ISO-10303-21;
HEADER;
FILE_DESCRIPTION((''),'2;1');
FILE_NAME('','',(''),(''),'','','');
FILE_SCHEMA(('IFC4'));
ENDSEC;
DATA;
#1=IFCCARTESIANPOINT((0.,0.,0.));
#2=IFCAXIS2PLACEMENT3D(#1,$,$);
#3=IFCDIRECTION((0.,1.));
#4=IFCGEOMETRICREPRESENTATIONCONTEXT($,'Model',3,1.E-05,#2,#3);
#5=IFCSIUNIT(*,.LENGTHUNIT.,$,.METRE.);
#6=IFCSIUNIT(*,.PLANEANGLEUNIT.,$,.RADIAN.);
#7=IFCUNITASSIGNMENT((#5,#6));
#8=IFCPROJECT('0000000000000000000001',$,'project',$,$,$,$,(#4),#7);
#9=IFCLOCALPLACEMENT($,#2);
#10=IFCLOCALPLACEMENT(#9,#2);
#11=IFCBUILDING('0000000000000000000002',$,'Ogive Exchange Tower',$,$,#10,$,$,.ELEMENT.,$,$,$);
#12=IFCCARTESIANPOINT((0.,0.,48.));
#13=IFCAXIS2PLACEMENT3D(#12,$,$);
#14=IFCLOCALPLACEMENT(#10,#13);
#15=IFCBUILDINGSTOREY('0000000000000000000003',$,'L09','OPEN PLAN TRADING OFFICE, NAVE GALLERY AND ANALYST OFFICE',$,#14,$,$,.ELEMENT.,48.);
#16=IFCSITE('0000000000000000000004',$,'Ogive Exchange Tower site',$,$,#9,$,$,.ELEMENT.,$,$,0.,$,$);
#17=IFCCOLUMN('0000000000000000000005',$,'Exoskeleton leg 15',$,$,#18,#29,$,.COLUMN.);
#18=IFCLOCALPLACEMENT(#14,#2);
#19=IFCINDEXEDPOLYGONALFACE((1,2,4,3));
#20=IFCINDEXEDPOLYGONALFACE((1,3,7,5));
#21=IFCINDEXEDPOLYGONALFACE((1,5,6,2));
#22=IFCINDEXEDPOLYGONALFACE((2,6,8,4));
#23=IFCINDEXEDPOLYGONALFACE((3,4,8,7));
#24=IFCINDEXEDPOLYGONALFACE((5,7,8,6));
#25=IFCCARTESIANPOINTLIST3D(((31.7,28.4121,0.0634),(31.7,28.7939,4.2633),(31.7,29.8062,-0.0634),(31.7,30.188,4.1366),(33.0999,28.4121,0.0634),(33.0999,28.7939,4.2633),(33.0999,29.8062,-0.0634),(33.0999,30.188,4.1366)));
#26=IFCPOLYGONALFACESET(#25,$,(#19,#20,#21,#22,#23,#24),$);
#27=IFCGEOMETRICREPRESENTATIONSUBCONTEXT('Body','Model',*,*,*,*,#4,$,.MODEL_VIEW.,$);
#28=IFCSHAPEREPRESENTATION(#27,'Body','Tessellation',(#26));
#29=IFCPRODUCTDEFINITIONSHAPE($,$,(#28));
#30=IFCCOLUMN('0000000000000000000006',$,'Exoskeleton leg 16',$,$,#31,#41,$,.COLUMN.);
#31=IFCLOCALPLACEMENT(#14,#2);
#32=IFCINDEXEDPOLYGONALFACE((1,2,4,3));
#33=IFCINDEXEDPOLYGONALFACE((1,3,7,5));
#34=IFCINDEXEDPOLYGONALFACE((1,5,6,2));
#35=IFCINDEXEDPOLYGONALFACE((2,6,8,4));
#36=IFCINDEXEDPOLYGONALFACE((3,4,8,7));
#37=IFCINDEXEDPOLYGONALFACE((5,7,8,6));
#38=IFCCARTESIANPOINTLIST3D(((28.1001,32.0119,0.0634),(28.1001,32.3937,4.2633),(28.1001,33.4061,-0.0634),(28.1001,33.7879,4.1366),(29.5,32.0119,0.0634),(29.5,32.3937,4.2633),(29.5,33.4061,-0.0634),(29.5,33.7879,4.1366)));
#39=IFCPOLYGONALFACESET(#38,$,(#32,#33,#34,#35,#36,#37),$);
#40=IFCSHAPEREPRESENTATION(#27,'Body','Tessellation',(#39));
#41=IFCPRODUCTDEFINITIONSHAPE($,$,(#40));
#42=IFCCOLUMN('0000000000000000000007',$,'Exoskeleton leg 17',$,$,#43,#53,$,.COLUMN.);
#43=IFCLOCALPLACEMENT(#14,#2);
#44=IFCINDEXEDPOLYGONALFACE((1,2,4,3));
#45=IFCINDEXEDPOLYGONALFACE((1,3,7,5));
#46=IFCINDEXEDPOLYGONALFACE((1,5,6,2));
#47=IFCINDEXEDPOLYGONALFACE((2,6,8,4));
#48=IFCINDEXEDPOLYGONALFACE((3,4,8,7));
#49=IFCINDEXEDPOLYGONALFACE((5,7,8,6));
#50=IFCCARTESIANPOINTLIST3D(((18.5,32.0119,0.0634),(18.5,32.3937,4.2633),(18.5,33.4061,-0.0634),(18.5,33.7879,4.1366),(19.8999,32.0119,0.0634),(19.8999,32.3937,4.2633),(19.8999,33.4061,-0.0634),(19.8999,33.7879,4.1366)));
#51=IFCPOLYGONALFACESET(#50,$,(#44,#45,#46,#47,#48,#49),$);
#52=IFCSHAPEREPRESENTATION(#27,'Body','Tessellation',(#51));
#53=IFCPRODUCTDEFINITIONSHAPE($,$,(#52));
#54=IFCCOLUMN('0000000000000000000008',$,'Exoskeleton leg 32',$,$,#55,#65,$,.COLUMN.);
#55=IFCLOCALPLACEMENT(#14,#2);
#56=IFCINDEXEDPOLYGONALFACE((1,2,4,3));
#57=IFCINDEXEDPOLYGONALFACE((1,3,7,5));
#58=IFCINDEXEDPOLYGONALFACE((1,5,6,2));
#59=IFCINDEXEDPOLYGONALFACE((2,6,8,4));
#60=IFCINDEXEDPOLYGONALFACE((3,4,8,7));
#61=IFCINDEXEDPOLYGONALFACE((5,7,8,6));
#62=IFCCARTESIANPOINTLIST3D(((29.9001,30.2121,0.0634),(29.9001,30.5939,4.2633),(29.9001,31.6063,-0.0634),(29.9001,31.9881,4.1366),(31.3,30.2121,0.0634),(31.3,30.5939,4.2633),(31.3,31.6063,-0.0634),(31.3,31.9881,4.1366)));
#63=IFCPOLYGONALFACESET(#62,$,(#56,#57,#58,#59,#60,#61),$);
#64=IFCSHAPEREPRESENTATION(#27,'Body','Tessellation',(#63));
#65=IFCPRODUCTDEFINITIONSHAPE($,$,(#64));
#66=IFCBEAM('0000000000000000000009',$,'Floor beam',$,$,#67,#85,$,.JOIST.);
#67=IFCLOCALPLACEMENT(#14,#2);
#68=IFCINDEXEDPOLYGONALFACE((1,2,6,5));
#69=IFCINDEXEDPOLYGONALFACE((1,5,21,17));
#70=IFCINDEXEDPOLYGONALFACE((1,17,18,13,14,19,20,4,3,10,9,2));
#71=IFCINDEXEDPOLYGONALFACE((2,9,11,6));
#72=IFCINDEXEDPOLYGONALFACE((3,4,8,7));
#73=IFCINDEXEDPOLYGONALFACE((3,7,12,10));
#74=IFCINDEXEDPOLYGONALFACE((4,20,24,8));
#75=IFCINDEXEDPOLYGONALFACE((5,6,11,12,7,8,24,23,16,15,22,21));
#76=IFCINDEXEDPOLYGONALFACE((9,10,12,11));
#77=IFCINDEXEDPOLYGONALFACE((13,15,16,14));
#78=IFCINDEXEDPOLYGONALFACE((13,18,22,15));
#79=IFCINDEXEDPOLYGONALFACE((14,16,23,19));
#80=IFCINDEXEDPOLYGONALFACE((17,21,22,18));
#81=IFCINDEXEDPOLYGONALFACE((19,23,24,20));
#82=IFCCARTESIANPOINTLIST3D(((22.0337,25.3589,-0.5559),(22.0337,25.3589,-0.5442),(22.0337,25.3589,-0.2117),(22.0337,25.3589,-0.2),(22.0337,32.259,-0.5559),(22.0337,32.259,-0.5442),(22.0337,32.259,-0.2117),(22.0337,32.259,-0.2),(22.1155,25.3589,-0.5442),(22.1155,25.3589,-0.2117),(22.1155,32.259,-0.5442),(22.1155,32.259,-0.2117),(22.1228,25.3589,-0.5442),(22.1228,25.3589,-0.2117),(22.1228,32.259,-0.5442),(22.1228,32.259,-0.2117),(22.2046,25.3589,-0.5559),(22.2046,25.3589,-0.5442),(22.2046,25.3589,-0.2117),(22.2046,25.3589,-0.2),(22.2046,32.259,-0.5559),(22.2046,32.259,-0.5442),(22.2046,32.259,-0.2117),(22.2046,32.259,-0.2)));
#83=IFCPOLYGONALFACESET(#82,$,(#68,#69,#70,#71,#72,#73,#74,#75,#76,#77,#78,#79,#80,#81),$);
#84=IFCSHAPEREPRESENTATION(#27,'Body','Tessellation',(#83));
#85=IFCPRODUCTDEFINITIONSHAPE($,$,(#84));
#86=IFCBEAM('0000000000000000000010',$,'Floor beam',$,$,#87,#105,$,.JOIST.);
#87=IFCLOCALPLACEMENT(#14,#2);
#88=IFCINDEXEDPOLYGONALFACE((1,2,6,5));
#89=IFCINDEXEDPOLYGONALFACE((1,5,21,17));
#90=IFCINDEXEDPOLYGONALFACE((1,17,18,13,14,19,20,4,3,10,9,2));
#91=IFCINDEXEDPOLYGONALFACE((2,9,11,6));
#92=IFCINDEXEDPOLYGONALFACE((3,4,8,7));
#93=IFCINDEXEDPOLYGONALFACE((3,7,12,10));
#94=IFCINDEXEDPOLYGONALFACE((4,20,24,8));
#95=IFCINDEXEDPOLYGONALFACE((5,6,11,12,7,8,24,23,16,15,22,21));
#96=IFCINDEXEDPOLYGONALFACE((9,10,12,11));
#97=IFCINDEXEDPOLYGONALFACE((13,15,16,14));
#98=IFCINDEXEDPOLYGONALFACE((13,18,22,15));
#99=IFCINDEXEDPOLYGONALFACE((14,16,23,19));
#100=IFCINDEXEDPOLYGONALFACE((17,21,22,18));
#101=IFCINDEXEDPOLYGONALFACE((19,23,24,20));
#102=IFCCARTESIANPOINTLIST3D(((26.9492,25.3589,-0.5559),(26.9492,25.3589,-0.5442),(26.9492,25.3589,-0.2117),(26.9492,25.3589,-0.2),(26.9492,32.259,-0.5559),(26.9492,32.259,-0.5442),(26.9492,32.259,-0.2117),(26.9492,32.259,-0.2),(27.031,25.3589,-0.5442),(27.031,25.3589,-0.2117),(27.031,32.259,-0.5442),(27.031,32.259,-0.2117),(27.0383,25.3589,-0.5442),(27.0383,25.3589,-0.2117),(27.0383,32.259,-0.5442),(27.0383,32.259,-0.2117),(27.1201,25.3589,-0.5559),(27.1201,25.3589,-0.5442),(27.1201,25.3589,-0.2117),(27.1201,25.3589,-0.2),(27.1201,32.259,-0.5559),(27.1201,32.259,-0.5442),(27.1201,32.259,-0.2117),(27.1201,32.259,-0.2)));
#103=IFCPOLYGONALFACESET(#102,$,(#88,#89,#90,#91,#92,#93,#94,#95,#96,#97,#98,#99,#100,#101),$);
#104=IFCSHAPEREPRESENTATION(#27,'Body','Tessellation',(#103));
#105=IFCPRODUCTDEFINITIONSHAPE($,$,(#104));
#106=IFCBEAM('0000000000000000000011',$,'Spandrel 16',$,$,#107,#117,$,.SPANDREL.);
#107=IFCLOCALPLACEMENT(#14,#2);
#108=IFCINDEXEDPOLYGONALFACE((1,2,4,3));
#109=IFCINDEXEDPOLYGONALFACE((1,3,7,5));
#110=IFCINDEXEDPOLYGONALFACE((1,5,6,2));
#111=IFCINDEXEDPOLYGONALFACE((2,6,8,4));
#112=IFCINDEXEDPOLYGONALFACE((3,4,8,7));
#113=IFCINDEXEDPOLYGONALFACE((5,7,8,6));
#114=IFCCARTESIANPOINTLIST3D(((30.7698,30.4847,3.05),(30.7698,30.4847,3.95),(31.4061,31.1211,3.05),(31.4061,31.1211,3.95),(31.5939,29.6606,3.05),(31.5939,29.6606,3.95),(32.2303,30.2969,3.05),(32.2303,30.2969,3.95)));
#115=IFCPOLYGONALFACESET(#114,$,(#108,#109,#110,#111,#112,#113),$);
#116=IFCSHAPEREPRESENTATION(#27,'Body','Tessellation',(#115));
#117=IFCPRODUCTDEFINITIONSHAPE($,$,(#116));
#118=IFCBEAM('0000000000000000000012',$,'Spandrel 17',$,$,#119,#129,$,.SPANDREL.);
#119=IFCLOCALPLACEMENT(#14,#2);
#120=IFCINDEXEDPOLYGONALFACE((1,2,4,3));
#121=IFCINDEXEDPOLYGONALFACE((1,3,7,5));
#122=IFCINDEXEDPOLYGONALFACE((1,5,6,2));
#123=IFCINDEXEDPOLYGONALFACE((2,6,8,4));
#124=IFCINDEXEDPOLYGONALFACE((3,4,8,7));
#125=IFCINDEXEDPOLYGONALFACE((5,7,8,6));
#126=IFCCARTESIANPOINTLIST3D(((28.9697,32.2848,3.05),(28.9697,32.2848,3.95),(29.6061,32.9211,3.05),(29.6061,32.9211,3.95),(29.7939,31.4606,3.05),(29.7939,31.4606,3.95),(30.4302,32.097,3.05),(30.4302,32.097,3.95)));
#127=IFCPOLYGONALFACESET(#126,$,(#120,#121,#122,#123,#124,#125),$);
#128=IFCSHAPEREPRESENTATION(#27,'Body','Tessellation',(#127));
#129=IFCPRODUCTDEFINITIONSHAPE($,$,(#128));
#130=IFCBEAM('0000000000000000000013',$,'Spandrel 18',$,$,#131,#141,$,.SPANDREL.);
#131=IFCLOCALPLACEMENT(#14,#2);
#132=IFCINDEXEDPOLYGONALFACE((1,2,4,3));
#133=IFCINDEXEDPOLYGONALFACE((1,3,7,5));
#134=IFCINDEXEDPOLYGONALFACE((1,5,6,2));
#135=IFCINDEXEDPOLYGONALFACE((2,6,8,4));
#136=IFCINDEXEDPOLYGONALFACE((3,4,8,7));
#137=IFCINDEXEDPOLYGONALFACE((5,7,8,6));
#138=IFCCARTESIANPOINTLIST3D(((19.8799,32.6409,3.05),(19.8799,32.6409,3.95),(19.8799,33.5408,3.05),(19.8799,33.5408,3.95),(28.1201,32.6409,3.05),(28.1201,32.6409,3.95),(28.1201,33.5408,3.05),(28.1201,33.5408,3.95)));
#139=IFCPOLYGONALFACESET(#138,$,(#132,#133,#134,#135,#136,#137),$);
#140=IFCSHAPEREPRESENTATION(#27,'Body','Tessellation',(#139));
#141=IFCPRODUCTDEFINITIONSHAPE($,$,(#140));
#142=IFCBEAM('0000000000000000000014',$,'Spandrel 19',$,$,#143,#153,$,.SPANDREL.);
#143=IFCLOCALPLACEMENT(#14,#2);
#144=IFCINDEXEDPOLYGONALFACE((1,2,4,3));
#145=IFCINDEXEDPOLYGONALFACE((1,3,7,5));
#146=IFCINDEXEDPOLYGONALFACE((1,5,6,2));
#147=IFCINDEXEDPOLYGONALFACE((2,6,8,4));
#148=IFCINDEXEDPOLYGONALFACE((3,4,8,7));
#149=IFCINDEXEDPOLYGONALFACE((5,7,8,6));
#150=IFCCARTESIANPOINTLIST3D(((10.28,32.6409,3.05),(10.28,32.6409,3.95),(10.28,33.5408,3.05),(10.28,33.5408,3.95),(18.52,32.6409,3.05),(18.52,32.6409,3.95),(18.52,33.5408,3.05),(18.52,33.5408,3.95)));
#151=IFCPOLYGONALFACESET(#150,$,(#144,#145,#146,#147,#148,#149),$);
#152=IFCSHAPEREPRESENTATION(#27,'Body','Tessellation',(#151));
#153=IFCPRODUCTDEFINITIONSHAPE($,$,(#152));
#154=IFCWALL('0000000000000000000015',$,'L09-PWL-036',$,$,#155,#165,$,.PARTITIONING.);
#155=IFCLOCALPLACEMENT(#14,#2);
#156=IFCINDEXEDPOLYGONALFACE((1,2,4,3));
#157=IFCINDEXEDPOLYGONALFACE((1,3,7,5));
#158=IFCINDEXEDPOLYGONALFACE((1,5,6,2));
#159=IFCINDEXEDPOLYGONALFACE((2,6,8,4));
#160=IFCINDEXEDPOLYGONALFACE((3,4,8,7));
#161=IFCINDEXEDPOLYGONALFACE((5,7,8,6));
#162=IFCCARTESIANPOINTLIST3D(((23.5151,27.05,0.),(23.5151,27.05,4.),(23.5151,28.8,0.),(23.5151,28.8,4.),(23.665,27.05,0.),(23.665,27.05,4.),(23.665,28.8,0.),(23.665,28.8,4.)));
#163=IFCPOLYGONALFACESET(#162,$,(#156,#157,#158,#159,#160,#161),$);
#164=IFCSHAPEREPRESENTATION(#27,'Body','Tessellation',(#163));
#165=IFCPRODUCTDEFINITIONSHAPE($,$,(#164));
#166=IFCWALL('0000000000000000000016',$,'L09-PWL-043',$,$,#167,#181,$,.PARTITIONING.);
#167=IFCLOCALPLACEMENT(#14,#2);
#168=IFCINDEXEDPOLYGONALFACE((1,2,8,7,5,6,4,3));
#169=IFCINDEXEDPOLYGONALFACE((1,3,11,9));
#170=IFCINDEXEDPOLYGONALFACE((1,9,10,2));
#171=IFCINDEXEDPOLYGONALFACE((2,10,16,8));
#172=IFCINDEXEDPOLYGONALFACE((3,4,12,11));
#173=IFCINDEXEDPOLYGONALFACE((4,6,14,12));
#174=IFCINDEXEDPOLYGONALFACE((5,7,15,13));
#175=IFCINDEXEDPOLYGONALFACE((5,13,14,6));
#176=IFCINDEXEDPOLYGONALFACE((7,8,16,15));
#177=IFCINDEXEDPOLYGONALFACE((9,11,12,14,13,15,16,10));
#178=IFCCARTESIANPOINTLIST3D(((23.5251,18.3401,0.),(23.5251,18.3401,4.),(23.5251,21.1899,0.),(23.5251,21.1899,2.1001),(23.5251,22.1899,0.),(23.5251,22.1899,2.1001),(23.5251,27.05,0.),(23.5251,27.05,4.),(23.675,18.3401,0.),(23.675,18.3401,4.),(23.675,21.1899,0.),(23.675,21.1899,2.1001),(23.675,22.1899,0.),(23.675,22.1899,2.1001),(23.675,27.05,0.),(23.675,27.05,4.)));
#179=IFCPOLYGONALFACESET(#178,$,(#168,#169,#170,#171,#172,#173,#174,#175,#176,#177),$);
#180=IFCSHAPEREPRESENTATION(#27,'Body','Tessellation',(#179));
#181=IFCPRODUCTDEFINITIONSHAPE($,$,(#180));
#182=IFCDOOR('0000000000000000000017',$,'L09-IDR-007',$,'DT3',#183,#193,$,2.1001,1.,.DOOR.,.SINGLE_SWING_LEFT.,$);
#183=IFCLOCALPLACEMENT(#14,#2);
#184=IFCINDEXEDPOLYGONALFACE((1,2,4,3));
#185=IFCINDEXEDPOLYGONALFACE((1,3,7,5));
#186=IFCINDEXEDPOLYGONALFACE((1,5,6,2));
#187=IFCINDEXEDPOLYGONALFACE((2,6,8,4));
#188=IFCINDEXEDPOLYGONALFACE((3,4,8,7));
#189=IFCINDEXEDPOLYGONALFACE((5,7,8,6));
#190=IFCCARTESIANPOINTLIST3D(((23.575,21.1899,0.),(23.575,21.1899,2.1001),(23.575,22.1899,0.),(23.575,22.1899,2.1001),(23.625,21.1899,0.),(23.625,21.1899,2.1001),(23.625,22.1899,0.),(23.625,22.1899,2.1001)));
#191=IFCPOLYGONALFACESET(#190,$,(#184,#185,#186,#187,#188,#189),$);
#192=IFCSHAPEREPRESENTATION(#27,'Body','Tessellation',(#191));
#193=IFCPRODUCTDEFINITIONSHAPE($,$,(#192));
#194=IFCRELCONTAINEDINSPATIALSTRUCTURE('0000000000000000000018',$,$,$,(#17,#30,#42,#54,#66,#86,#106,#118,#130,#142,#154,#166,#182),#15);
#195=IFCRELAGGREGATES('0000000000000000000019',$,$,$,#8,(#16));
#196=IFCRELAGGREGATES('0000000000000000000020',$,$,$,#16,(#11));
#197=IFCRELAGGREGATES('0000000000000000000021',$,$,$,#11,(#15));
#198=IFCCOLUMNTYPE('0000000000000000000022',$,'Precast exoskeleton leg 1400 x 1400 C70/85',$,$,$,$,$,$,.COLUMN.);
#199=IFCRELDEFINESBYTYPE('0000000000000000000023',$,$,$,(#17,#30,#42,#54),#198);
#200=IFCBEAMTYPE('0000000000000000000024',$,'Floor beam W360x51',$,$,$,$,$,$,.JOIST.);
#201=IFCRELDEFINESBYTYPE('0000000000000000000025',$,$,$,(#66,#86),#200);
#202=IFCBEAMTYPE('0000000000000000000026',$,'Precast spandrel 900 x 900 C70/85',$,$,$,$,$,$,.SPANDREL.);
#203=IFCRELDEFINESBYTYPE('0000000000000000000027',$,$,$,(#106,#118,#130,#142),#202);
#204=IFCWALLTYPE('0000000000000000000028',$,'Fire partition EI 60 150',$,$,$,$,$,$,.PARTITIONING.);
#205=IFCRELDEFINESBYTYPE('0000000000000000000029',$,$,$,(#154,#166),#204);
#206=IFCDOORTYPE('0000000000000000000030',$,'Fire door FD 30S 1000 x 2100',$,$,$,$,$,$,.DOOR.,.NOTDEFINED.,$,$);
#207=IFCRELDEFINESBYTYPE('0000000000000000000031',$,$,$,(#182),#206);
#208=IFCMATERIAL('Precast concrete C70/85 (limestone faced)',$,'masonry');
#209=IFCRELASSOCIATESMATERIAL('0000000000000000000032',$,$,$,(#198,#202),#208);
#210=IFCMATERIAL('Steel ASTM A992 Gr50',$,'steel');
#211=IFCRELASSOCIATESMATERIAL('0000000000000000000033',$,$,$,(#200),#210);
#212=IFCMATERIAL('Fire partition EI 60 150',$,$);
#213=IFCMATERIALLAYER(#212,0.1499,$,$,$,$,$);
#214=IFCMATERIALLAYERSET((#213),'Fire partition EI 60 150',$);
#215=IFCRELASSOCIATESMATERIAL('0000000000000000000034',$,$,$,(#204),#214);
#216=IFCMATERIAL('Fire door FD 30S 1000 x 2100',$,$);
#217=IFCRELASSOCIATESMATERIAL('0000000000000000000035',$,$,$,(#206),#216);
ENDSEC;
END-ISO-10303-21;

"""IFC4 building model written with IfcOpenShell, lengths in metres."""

from ifc_helpers import new_model, si_unit, direction, frame, frame_2d, origin, origin_2d, place, context, subcontext, project, spatial, rectangle, i_section, extrude, material, layer, layer_set, material_profile, profile_set, type_object, element, fill, save


model = new_model("IFC4")

# Units and contexts
model_context = context("Model", 3, precision=1e-05, world=origin(), true_north=direction((0.0, 1.0)))
body_context = subcontext(model_context, "Body", "Model", "MODEL_VIEW")
ifc_project = project(units=[si_unit("LENGTHUNIT", "METRE"), si_unit("PLANEANGLEUNIT", "RADIAN")], contexts=[model_context])

# Site, building, storey
site_placement = place(None, origin())
site = spatial("IfcSite", under=ifc_project, at=site_placement, Name="Ogive Exchange Tower site", CompositionType="ELEMENT", RefElevation=0.0)
building_placement = place(site_placement, origin())
building = spatial("IfcBuilding", under=site, at=building_placement, Name="Ogive Exchange Tower", CompositionType="ELEMENT")
storey_placement = place(building_placement, frame((0.0, 0.0, 48.0)))
storey = spatial("IfcBuildingStorey", under=building, at=storey_placement, Name="L09", Description="OPEN PLAN TRADING OFFICE, NAVE GALLERY AND ANALYST OFFICE", CompositionType="ELEMENT", Elevation=48.0)

# Columns
ifc_material_1 = material(Name="Precast concrete C70/85 (limestone faced)", Category="masonry")
ifc_material_profile_1 = material_profile(ifc_material_1, rectangle(XDim=1.3999, YDim=1.3999, at=origin_2d()), Name="1400 x 1400")
ifc_profile_set_1 = profile_set([ifc_material_profile_1], Name="Precast concrete C70/85 (limestone faced)")
column_type = type_object("IfcColumnType", Name="Precast exoskeleton leg 1400 x 1400 C70/85", PredefinedType="COLUMN", material=ifc_profile_set_1)
for number, where, z_axis, x_axis, name in (
    (1, (32.3999, 29.1091, 0.0), (0.0, 0.090541, 0.995893), (-1.0, 0.0, 0.0), "Exoskeleton leg 15"),
    (2, (28.8, 32.709, 0.0), (0.0, 0.090541, 0.995893), (-1.0, 0.0, 0.0), "Exoskeleton leg 16"),
    (3, (19.2, 32.709, 0.0), (0.0, 0.090541, 0.995893), (-1.0, 0.0, 0.0), "Exoskeleton leg 17"),
    (4, (30.6001, 30.9092, 0.0), (0.0, 0.090541, 0.995893), (-1.0, 0.0, 0.0), "Exoskeleton leg 32"),
):
    element("IfcColumn", number, at=place(storey_placement, frame(where, z_axis=z_axis, x_axis=x_axis)), inside=storey, type_object=column_type, Name=name, PredefinedType="COLUMN", context=body_context, shape_type="SweptSolid", body=[
        extrude(rectangle(XDim=1.3999, YDim=1.3999, at=origin_2d()), origin(), (0.0, 0.0, 1.0), 4.2173),
    ])

# Beams
ifc_material_2 = material(Name="Steel ASTM A992 Gr50", Category="steel")
ifc_material_profile_2 = material_profile(ifc_material_2, i_section(OverallWidth=0.1709, OverallDepth=0.356, WebThickness=0.0073, FlangeThickness=0.0117, at=origin_2d()), Name="W360x51")
ifc_profile_set_2 = profile_set([ifc_material_profile_2], Name="Steel ASTM A992 Gr50")
beam_type_1 = type_object("IfcBeamType", Name="Floor beam W360x51", PredefinedType="JOIST", material=ifc_profile_set_2)
for number, where, z_axis, x_axis, name in (
    (5, (22.1191, 25.3589, -0.3779), (0.0, 1.0, 0.0), (-1.0, 0.0, 0.0), "Floor beam"),
    (6, (27.0347, 25.3589, -0.3779), (0.0, 1.0, 0.0), (-1.0, 0.0, 0.0), "Floor beam"),
):
    element("IfcBeam", number, at=place(storey_placement, frame(where, z_axis=z_axis, x_axis=x_axis)), inside=storey, type_object=beam_type_1, Name=name, PredefinedType="JOIST", context=body_context, shape_type="SweptSolid", body=[
        extrude(i_section(OverallWidth=0.1709, OverallDepth=0.356, WebThickness=0.0073, FlangeThickness=0.0117, at=origin_2d()), origin(), (0.0, 0.0, 1.0), 6.9001),
    ])
ifc_material_profile_3 = material_profile(ifc_material_1, rectangle(XDim=0.8999, YDim=0.8999, at=origin_2d()), Name="900 x 900")
ifc_profile_set_3 = profile_set([ifc_material_profile_3], Name="Precast concrete C70/85 (limestone faced)")
beam_type_2 = type_object("IfcBeamType", Name="Precast spandrel 900 x 900 C70/85", PredefinedType="SPANDREL", material=ifc_profile_set_3)
for number, where, z_axis, x_axis, name in (
    (7, (31.9121, 29.9788, 3.5), (-0.707107, 0.707107, 0.0), (-0.707107, -0.707107, 0.0), "Spandrel 16"),
    (8, (30.1121, 31.7788, 3.5), (-0.707107, 0.707107, 0.0), (-0.707107, -0.707107, 0.0), "Spandrel 17"),
):
    element("IfcBeam", number, at=place(storey_placement, frame(where, z_axis=z_axis, x_axis=x_axis)), inside=storey, type_object=beam_type_2, Name=name, PredefinedType="SPANDREL", context=body_context, shape_type="SweptSolid", body=[
        extrude(rectangle(XDim=0.8999, YDim=0.8999, at=origin_2d()), origin(), (0.0, 0.0, 1.0), 1.1655),
    ])
beam_1_placement = place(storey_placement, frame((28.1201, 33.0908, 3.5), z_axis=(-1.0, 0.0, 0.0), x_axis=(0.0, -1.0, 0.0)))
element("IfcBeam", 9, at=beam_1_placement, inside=storey, type_object=beam_type_2, Name="Spandrel 18", PredefinedType="SPANDREL", context=body_context, shape_type="SweptSolid", body=[
    extrude(rectangle(XDim=0.8999, YDim=0.8999, at=origin_2d()), origin(), (0.0, 0.0, 1.0), 8.2402),
])
beam_2_placement = place(storey_placement, frame((18.52, 33.0908, 3.5), z_axis=(-1.0, 0.0, 0.0), x_axis=(0.0, -1.0, 0.0)))
element("IfcBeam", 10, at=beam_2_placement, inside=storey, type_object=beam_type_2, Name="Spandrel 19", PredefinedType="SPANDREL", context=body_context, shape_type="SweptSolid", body=[
    extrude(rectangle(XDim=0.8999, YDim=0.8999, at=origin_2d()), origin(), (0.0, 0.0, 1.0), 8.24),
])

# Wall
ifc_material_3 = material(Name="Fire partition EI 60 150")
ifc_layer_1 = layer(ifc_material_3, 0.1499)
ifc_layer_set_1 = layer_set([ifc_layer_1], Name="Fire partition EI 60 150")
wall_type_1 = type_object("IfcWallType", Name="Fire partition EI 60 150", PredefinedType="PARTITIONING", material=ifc_layer_set_1)
wall_1_placement = place(storey_placement, frame((23.5901, 28.8, 0.0), z_axis=(0.0, 0.0, 1.0), x_axis=(0.0, -1.0, 0.0)))
element("IfcWall", 11, at=wall_1_placement, inside=storey, type_object=wall_type_1, Name="L09-PWL-036", PredefinedType="PARTITIONING", context=body_context, shape_type="SweptSolid", body=[
    extrude(rectangle(XDim=1.75, YDim=0.1499, at=frame_2d((0.875, 0.0))), origin(), (0.0, 0.0, 1.0), 4.0),
])

# Wall, opening, door
wall_2_placement = place(storey_placement, frame((23.6001, 27.05, 0.0), z_axis=(0.0, 0.0, 1.0), x_axis=(0.0, -1.0, 0.0)))
wall_2 = element("IfcWall", 12, at=wall_2_placement, inside=storey, type_object=wall_type_1, Name="L09-PWL-043", PredefinedType="PARTITIONING", context=body_context, shape_type="SweptSolid", body=[
    extrude(rectangle(XDim=8.71, YDim=0.1499, at=frame_2d((4.355, 0.0))), origin(), (0.0, 0.0, 1.0), 4.0),
])
opening_1_placement = place(wall_2_placement, frame((4.8601, 0.0, 0.0)))
opening_1 = element("IfcOpeningElement", 13, at=opening_1_placement, cuts=wall_2, PredefinedType="OPENING", context=body_context, shape_type="SweptSolid", body=[
    extrude(rectangle(XDim=1.0, YDim=2.1001, at=frame_2d((0.5, 1.05))), frame((0.0, 0.085, 0.0), z_axis=(0.0, -1.0, 0.0), x_axis=(1.0, 0.0, 0.0)), (0.0, 0.0, 1.0), 0.1699),
])
ifc_material_4 = material(Name="Fire door FD 30S 1000 x 2100")
door_type_1 = type_object("IfcDoorType", Name="Fire door FD 30S 1000 x 2100", OperationType="NOTDEFINED", PredefinedType="DOOR", material=ifc_material_4)
door_1_placement = place(opening_1_placement, origin())
door_1 = element("IfcDoor", 14, at=door_1_placement, inside=storey, type_object=door_type_1, Name="L09-IDR-007", ObjectType="DT3", OperationType="SINGLE_SWING_LEFT", OverallHeight=2.1001, OverallWidth=1.0, PredefinedType="DOOR", context=body_context, shape_type="SweptSolid", body=[
    extrude(rectangle(XDim=1.0, YDim=2.1001, at=frame_2d((0.5, 1.05))), frame((0.0, 0.0249, 0.0), z_axis=(0.0, -1.0, 0.0), x_axis=(1.0, 0.0, 0.0)), (0.0, 0.0, 1.0), 0.05),
])
fill(opening_1, door_1)

save(model, "model.ifc")
